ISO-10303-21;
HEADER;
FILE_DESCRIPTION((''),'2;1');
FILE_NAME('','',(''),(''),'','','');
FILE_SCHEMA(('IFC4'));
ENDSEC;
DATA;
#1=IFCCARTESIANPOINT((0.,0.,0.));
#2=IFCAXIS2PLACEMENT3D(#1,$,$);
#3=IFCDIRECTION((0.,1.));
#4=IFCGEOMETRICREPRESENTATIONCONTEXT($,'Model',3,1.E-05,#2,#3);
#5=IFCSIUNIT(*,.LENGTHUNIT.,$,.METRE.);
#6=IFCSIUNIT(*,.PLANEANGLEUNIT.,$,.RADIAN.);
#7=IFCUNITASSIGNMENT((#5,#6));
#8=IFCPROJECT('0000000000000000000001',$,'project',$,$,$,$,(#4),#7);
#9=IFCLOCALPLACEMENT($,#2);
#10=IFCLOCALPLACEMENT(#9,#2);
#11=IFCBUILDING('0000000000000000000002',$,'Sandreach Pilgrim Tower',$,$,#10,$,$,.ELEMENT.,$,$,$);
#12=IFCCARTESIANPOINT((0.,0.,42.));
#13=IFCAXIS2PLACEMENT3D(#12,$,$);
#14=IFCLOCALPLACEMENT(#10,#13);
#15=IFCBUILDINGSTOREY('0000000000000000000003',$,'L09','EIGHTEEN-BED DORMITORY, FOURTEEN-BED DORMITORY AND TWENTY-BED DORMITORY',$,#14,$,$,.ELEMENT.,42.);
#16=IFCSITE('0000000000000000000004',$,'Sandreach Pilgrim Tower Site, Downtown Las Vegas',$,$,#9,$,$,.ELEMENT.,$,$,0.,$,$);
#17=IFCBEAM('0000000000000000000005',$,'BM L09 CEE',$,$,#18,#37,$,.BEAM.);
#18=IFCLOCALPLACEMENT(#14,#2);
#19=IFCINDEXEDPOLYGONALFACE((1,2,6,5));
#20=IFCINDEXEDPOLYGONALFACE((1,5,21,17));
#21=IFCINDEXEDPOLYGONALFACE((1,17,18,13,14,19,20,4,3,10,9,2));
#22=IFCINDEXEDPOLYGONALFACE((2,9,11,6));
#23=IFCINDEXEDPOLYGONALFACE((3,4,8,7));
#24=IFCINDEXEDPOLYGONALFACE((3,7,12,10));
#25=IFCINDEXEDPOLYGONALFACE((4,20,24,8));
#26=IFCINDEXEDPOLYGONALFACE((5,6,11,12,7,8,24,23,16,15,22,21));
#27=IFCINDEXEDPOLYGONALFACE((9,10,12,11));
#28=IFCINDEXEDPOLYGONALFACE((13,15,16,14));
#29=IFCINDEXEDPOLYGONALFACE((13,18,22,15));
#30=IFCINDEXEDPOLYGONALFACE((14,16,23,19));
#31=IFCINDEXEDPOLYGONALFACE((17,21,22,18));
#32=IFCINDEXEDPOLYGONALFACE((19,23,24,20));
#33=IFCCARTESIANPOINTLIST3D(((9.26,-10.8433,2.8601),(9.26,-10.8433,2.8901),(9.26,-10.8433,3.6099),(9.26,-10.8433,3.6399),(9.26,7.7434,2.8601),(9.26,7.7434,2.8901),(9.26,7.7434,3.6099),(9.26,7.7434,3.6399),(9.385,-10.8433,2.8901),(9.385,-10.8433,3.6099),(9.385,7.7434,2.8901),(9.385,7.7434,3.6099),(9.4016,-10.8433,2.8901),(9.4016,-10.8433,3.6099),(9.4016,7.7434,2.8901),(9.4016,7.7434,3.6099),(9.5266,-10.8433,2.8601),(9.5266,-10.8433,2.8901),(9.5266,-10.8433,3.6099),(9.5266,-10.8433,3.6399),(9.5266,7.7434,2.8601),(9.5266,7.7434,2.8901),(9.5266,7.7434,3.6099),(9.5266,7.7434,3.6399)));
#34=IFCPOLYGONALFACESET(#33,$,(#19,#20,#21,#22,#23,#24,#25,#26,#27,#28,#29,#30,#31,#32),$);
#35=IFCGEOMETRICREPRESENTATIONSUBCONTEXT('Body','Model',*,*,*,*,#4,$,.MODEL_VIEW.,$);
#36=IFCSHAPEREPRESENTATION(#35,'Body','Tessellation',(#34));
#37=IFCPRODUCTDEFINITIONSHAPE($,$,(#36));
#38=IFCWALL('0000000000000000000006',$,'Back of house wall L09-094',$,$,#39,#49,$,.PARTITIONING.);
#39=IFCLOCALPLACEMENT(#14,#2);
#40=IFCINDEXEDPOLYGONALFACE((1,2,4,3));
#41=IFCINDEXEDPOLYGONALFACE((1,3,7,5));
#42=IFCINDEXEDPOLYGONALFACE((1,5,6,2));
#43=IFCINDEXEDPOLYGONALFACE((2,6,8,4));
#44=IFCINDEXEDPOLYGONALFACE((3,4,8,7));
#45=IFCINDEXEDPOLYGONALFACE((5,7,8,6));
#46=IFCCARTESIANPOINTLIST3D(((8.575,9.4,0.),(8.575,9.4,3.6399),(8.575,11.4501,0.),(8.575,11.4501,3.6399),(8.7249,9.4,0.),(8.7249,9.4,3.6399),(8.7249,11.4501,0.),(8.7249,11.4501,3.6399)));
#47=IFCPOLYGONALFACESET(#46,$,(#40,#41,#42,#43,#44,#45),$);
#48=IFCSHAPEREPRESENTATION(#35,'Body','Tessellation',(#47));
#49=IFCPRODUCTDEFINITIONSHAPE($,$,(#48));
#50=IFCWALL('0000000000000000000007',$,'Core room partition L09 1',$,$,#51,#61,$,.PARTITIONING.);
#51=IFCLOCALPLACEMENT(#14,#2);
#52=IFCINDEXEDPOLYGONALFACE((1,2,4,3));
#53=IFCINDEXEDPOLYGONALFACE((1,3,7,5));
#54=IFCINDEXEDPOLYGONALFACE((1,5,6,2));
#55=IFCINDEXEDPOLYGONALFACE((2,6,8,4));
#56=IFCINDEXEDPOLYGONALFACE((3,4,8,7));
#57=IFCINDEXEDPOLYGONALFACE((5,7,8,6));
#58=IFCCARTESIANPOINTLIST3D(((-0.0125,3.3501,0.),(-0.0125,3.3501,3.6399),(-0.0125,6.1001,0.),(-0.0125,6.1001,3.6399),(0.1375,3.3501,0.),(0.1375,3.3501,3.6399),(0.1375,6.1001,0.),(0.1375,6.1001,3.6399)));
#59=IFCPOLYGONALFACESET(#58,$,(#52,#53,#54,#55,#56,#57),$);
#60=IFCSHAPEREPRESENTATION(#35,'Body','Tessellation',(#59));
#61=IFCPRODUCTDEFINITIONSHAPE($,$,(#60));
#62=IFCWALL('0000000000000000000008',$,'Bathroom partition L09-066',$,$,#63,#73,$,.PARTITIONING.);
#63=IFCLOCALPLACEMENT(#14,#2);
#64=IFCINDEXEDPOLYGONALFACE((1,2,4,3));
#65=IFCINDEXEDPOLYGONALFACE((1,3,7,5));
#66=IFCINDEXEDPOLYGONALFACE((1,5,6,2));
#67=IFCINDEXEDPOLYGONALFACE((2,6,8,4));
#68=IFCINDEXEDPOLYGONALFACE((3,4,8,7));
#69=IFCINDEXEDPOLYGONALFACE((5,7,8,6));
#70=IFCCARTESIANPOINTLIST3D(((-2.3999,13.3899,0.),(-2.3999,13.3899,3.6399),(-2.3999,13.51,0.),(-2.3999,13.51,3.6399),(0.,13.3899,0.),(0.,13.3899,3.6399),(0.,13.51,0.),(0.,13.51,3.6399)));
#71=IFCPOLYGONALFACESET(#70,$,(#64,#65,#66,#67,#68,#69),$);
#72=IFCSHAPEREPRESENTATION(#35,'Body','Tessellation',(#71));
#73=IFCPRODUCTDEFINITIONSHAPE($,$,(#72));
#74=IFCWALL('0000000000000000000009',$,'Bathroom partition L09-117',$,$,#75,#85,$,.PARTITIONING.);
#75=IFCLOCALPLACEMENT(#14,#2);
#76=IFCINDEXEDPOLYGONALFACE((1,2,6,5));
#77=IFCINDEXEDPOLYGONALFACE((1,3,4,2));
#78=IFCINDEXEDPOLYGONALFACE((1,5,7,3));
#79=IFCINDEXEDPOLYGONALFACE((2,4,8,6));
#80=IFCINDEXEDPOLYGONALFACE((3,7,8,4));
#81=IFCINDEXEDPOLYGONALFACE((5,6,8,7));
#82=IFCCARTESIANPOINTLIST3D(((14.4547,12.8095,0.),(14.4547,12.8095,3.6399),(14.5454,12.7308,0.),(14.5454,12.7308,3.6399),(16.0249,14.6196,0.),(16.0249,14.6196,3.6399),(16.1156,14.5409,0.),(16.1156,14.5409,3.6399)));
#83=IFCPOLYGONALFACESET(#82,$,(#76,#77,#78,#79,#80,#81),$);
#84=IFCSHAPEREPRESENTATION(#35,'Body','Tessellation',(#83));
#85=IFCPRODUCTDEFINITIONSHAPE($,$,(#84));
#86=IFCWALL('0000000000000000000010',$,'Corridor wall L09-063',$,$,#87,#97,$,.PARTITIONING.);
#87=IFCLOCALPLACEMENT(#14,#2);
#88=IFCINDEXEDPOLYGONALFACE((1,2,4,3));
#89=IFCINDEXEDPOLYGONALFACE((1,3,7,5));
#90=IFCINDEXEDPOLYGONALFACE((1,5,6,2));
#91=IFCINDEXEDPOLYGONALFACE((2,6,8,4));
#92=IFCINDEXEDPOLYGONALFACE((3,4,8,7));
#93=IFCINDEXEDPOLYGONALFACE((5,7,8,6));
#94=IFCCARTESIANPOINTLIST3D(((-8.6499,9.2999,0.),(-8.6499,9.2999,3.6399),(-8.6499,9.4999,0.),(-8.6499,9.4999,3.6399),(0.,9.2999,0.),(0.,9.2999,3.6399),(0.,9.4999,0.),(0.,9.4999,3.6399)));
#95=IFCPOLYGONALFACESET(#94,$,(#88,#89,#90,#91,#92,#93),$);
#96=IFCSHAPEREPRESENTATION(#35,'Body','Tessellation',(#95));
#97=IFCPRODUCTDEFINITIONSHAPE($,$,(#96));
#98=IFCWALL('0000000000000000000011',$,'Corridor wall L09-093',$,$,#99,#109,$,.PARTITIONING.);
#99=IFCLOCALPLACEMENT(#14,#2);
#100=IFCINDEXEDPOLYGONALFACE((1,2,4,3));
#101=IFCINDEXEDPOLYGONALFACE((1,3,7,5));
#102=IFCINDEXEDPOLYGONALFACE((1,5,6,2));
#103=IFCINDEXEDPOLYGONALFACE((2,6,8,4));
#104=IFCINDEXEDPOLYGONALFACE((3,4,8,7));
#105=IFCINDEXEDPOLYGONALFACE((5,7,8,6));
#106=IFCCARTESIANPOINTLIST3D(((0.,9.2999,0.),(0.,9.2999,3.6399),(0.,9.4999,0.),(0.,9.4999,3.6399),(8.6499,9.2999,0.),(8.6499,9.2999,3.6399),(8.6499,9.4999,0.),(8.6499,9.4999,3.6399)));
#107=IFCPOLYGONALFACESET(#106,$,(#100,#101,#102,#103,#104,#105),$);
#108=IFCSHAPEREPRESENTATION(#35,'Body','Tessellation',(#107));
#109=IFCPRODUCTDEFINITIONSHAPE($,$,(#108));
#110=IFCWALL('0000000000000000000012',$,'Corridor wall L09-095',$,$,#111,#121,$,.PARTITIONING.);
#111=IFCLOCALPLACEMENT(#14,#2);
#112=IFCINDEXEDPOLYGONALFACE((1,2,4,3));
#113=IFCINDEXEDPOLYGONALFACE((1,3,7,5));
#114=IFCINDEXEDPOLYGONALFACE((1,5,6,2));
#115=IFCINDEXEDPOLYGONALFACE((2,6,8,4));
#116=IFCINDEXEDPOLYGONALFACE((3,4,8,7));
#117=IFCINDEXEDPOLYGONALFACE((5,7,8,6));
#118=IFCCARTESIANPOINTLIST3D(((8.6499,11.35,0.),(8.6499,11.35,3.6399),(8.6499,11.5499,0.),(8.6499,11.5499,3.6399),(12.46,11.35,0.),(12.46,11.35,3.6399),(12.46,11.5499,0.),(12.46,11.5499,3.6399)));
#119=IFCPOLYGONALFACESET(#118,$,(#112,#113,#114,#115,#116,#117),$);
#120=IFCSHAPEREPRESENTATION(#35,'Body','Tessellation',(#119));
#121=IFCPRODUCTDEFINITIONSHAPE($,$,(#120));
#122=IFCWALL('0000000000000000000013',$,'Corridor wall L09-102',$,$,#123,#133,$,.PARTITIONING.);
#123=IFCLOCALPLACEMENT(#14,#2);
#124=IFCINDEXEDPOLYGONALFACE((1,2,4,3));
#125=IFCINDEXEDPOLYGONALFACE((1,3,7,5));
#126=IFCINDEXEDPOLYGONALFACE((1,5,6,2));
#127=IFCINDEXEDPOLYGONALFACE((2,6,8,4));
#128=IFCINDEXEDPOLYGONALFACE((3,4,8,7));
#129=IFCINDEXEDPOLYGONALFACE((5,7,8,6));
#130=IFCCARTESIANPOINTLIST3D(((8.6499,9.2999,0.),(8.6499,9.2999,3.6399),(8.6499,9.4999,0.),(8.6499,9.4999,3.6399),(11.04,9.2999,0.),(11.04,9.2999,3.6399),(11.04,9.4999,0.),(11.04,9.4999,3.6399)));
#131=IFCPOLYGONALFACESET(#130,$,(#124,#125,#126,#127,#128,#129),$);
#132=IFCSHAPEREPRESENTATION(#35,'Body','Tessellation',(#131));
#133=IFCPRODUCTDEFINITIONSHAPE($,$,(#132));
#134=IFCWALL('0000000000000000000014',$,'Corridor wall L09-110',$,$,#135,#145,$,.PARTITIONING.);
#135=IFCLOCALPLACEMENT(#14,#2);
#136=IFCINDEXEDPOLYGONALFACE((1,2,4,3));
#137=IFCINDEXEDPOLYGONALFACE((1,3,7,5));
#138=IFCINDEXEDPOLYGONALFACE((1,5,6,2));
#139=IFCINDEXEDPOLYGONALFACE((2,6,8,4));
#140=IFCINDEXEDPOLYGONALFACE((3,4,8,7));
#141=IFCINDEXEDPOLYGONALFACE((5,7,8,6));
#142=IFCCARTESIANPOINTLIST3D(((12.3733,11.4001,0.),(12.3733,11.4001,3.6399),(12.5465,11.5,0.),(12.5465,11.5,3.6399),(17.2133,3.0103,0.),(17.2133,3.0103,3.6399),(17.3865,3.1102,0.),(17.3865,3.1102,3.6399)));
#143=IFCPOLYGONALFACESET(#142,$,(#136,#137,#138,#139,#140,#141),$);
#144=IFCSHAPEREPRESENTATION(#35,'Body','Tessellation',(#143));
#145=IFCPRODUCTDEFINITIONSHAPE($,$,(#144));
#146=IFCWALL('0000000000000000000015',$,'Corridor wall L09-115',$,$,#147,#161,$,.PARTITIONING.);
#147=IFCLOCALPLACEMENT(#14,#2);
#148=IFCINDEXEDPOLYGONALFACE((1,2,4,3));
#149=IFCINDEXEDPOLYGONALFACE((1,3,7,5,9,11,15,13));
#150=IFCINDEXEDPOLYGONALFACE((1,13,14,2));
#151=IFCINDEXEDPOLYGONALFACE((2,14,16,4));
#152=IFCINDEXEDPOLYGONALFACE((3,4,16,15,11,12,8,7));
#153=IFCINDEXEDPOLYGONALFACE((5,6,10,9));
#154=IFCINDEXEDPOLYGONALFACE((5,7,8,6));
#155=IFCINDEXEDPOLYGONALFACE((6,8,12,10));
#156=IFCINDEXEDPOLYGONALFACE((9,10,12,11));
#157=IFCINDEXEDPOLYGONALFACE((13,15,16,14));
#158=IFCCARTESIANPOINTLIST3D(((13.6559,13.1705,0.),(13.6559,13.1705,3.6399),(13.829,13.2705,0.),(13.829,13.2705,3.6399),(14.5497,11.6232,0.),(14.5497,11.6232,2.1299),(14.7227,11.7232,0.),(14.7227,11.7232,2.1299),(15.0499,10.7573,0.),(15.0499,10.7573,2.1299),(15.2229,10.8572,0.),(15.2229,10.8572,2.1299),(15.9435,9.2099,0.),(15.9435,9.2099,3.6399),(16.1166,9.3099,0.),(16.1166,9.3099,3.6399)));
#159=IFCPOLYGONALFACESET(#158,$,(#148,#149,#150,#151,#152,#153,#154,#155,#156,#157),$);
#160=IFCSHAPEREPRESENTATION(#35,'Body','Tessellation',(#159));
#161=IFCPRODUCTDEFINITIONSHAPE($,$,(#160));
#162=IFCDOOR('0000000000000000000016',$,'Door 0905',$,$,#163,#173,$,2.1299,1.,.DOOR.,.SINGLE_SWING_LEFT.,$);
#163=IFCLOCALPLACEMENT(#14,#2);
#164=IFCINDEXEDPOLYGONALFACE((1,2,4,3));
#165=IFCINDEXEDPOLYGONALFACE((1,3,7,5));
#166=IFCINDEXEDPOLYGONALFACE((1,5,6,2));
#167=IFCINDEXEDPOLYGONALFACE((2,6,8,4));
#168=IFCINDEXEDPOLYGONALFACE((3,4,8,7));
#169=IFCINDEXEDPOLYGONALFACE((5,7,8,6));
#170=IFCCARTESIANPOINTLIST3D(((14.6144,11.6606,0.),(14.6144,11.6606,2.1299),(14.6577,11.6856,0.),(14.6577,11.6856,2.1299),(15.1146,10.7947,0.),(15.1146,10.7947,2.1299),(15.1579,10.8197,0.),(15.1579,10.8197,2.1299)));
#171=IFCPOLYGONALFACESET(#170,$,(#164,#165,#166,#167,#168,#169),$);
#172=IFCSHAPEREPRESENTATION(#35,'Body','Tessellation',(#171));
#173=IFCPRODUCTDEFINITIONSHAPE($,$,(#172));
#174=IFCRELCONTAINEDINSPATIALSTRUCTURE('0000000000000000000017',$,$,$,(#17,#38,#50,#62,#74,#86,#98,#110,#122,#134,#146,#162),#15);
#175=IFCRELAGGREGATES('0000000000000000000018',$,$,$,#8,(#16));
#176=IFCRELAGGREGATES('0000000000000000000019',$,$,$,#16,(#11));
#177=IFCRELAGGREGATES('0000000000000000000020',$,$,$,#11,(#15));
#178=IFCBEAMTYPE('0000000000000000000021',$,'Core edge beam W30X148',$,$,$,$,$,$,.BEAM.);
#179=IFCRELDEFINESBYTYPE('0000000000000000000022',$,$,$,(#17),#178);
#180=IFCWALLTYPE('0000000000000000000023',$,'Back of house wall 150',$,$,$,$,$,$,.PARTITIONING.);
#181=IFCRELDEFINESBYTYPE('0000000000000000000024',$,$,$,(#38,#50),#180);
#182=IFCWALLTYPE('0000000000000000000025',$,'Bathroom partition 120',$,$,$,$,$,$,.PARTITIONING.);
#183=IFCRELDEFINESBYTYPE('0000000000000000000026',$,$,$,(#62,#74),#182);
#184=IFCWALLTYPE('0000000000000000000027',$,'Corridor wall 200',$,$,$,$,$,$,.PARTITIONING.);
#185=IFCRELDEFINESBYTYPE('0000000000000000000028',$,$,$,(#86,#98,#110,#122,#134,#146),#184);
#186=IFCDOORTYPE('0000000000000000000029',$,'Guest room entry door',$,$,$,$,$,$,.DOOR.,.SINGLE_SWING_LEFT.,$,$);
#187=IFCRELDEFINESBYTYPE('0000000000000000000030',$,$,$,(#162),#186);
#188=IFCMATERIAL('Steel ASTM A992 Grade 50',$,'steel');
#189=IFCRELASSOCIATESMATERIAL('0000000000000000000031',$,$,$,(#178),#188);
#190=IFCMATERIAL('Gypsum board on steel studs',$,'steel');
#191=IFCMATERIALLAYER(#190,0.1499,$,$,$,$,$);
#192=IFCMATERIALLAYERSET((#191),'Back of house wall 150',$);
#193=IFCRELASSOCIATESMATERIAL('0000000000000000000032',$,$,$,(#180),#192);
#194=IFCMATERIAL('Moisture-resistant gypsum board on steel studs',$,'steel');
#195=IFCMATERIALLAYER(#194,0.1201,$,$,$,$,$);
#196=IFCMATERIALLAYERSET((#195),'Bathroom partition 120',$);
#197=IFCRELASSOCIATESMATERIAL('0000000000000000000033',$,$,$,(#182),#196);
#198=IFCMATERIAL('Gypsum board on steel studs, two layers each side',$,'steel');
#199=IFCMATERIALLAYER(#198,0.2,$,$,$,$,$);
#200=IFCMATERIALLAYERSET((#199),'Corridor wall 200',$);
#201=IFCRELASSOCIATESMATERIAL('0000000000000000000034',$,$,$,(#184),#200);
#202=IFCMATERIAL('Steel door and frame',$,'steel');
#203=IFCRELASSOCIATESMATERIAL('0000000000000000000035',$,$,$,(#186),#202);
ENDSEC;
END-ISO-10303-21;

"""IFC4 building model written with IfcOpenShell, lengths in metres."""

from ifc_helpers import new_model, si_unit, direction, frame, frame_2d, origin, origin_2d, place, context, subcontext, project, spatial, rectangle, i_section, extrude, material, layer, layer_set, material_profile, profile_set, type_object, element, fill, save


model = new_model("IFC4")

# Units and contexts
model_context = context("Model", 3, precision=1e-05, world=origin(), true_north=direction((0.0, 1.0)))
body_context = subcontext(model_context, "Body", "Model", "MODEL_VIEW")
ifc_project = project(units=[si_unit("LENGTHUNIT", "METRE"), si_unit("PLANEANGLEUNIT", "RADIAN")], contexts=[model_context])

# Site, building, storey
site_placement = place(None, origin())
site = spatial("IfcSite", under=ifc_project, at=site_placement, Name="Sandreach Pilgrim Tower Site, Downtown Las Vegas", CompositionType="ELEMENT", RefElevation=0.0)
building_placement = place(site_placement, origin())
building = spatial("IfcBuilding", under=site, at=building_placement, Name="Sandreach Pilgrim Tower", CompositionType="ELEMENT")
storey_placement = place(building_placement, frame((0.0, 0.0, 42.0)))
storey = spatial("IfcBuildingStorey", under=building, at=storey_placement, Name="L09", Description="EIGHTEEN-BED DORMITORY, FOURTEEN-BED DORMITORY AND TWENTY-BED DORMITORY", CompositionType="ELEMENT", Elevation=42.0)

# Beam
ifc_material_1 = material(Name="Steel ASTM A992 Grade 50", Category="steel")
ifc_material_profile = material_profile(ifc_material_1, i_section(OverallWidth=0.2666, OverallDepth=0.7798, WebThickness=0.0166, FlangeThickness=0.03, at=origin_2d()), Name="W30X148")
ifc_profile_set = profile_set([ifc_material_profile], Name="Steel ASTM A992 Grade 50")
beam_type = type_object("IfcBeamType", Name="Core edge beam W30X148", PredefinedType="BEAM", material=ifc_profile_set)
beam_placement = place(storey_placement, frame((9.3933, 7.7434, 3.25), z_axis=(0.0, -1.0, 0.0), x_axis=(1.0, 0.0, 0.0)))
element("IfcBeam", 1, at=beam_placement, inside=storey, type_object=beam_type, Name="BM L09 CEE", PredefinedType="BEAM", context=body_context, shape_type="SweptSolid", body=[
    extrude(i_section(OverallWidth=0.2666, OverallDepth=0.7798, WebThickness=0.0166, FlangeThickness=0.03, at=origin_2d()), origin(), (0.0, 0.0, 1.0), 18.5867),
])

# Walls
ifc_material_2 = material(Name="Gypsum board on steel studs", Category="steel")
ifc_layer_1 = layer(ifc_material_2, 0.1499)
ifc_layer_set_1 = layer_set([ifc_layer_1], Name="Back of house wall 150")
wall_type_1 = type_object("IfcWallType", Name="Back of house wall 150", PredefinedType="PARTITIONING", material=ifc_layer_set_1)
wall_1_placement = place(storey_placement, frame((8.6499, 11.45, 0.0), z_axis=(0.0, 0.0, 1.0), x_axis=(0.0, -1.0, 0.0)))
element("IfcWall", 2, at=wall_1_placement, inside=storey, type_object=wall_type_1, Name="Back of house wall L09-094", PredefinedType="PARTITIONING", context=body_context, shape_type="SweptSolid", body=[
    extrude(rectangle(XDim=2.05, YDim=0.1499, at=frame_2d((1.0249, 0.0))), origin(), (0.0, 0.0, 1.0), 3.6399),
])
wall_2_placement = place(storey_placement, frame((0.0625, 3.3501, 0.0), z_axis=(0.0, 0.0, 1.0), x_axis=(0.0, 1.0, 0.0)))
element("IfcWall", 3, at=wall_2_placement, inside=storey, type_object=wall_type_1, Name="Core room partition L09 1", PredefinedType="PARTITIONING", context=body_context, shape_type="SweptSolid", body=[
    extrude(rectangle(XDim=2.75, YDim=0.1499, at=frame_2d((1.375, 0.0))), origin(), (0.0, 0.0, 1.0), 3.6399),
])
ifc_material_3 = material(Name="Moisture-resistant gypsum board on steel studs", Category="steel")
ifc_layer_2 = layer(ifc_material_3, 0.1201)
ifc_layer_set_2 = layer_set([ifc_layer_2], Name="Bathroom partition 120")
wall_type_2 = type_object("IfcWallType", Name="Bathroom partition 120", PredefinedType="PARTITIONING", material=ifc_layer_set_2)
wall_3_placement = place(storey_placement, frame((0.0, 13.45, 0.0), z_axis=(0.0, 0.0, 1.0), x_axis=(-1.0, 0.0, 0.0)))
element("IfcWall", 4, at=wall_3_placement, inside=storey, type_object=wall_type_2, Name="Bathroom partition L09-066", PredefinedType="PARTITIONING", context=body_context, shape_type="SweptSolid", body=[
    extrude(rectangle(XDim=2.3999, YDim=0.1201, at=frame_2d((1.2, 0.0))), origin(), (0.0, 0.0, 1.0), 3.6399),
])
wall_4_placement = place(storey_placement, frame((14.5, 12.77, 0.0), z_axis=(0.0, 0.0, 1.0), x_axis=(0.655252, 0.75541, 0.0)))
element("IfcWall", 5, at=wall_4_placement, inside=storey, type_object=wall_type_2, Name="Bathroom partition L09-117", PredefinedType="PARTITIONING", context=body_context, shape_type="SweptSolid", body=[
    extrude(rectangle(XDim=2.3962, YDim=0.1201, at=frame_2d((1.1982, 0.0))), origin(), (0.0, 0.0, 1.0), 3.6399),
])

# Wall
ifc_material_4 = material(Name="Gypsum board on steel studs, two layers each side", Category="steel")
ifc_layer_3 = layer(ifc_material_4, 0.2)
ifc_layer_set_3 = layer_set([ifc_layer_3], Name="Corridor wall 200")
wall_type_3 = type_object("IfcWallType", Name="Corridor wall 200", PredefinedType="PARTITIONING", material=ifc_layer_set_3)
wall_5_placement = place(storey_placement, frame((0.0, 9.3999, 0.0), z_axis=(0.0, 0.0, 1.0), x_axis=(-1.0, 0.0, 0.0)))
element("IfcWall", 6, at=wall_5_placement, inside=storey, type_object=wall_type_3, Name="Corridor wall L09-063", PredefinedType="PARTITIONING", context=body_context, shape_type="SweptSolid", body=[
    extrude(rectangle(XDim=8.6499, YDim=0.2, at=frame_2d((4.325, 0.0))), origin(), (0.0, 0.0, 1.0), 3.6399),
])

# Walls
wall_6_placement = place(storey_placement, frame((8.6499, 9.3999, 0.0), z_axis=(0.0, 0.0, 1.0), x_axis=(-1.0, 0.0, 0.0)))
element("IfcWall", 7, at=wall_6_placement, inside=storey, type_object=wall_type_3, Name="Corridor wall L09-093", PredefinedType="PARTITIONING", context=body_context, shape_type="SweptSolid", body=[
    extrude(rectangle(XDim=8.6499, YDim=0.2, at=frame_2d((4.325, 0.0))), origin(), (0.0, 0.0, 1.0), 3.6399),
])
wall_7_placement = place(storey_placement, frame((8.6499, 11.45, 0.0), z_axis=(0.0, 0.0, 1.0), x_axis=(1.0, 0.0, 0.0)))
element("IfcWall", 8, at=wall_7_placement, inside=storey, type_object=wall_type_3, Name="Corridor wall L09-095", PredefinedType="PARTITIONING", context=body_context, shape_type="SweptSolid", body=[
    extrude(rectangle(XDim=3.8101, YDim=0.2, at=frame_2d((1.905, 0.0))), origin(), (0.0, 0.0, 1.0), 3.6399),
])
wall_8_placement = place(storey_placement, frame((11.04, 9.3999, 0.0), z_axis=(0.0, 0.0, 1.0), x_axis=(-1.0, 0.0, 0.0)))
element("IfcWall", 9, at=wall_8_placement, inside=storey, type_object=wall_type_3, Name="Corridor wall L09-102", PredefinedType="PARTITIONING", context=body_context, shape_type="SweptSolid", body=[
    extrude(rectangle(XDim=2.3901, YDim=0.2, at=frame_2d((1.1951, 0.0))), origin(), (0.0, 0.0, 1.0), 3.6399),
])
wall_9_placement = place(storey_placement, frame((12.46, 11.45, 0.0), z_axis=(0.0, 0.0, 1.0), x_axis=(0.499704, -0.866196, 0.0)))
element("IfcWall", 10, at=wall_9_placement, inside=storey, type_object=wall_type_3, Name="Corridor wall L09-110", PredefinedType="PARTITIONING", context=body_context, shape_type="SweptSolid", body=[
    extrude(rectangle(XDim=9.6858, YDim=0.2, at=frame_2d((4.8428, 0.0))), origin(), (0.0, 0.0, 1.0), 3.6399),
])

# Wall, opening, door
wall_10_placement = place(storey_placement, frame((13.7424, 13.2205, 0.0), z_axis=(0.0, 0.0, 1.0), x_axis=(0.500169, -0.865928, 0.0)))
wall_10 = element("IfcWall", 11, at=wall_10_placement, inside=storey, type_object=wall_type_3, Name="Corridor wall L09-115", PredefinedType="PARTITIONING", context=body_context, shape_type="SweptSolid", body=[
    extrude(rectangle(XDim=4.5737, YDim=0.2, at=frame_2d((2.2869, 0.0))), origin(), (0.0, 0.0, 1.0), 3.6399),
])
opening_1_placement = place(wall_10_placement, frame((1.7869, 0.0, 0.0)))
opening_1 = element("IfcOpeningElement", 12, at=opening_1_placement, cuts=wall_10, PredefinedType="OPENING", context=body_context, shape_type="SweptSolid", body=[
    extrude(rectangle(XDim=1.0, YDim=2.1299, at=frame_2d((0.5, 1.0649))), frame((0.0, 0.1001, 0.0), z_axis=(0.0, -1.0, 0.0), x_axis=(1.0, 0.0, 0.0)), (0.0, 0.0, 1.0), 0.2),
])
ifc_material_5 = material(Name="Steel door and frame", Category="steel")
door_type_1 = type_object("IfcDoorType", Name="Guest room entry door", OperationType="SINGLE_SWING_LEFT", PredefinedType="DOOR", material=ifc_material_5)
door_1_placement = place(opening_1_placement, origin())
door_1 = element("IfcDoor", 13, at=door_1_placement, inside=storey, type_object=door_type_1, Name="Door 0905", OperationType="SINGLE_SWING_LEFT", OverallHeight=2.1299, OverallWidth=1.0, PredefinedType="DOOR", context=body_context, shape_type="SweptSolid", body=[
    extrude(rectangle(XDim=1.0, YDim=2.1299, at=frame_2d((0.5, 1.0649))), frame((0.0, 0.0249, 0.0), z_axis=(0.0, -1.0, 0.0), x_axis=(1.0, 0.0, 0.0)), (0.0, 0.0, 1.0), 0.05),
])
fill(opening_1, door_1)

save(model, "model.ifc")
